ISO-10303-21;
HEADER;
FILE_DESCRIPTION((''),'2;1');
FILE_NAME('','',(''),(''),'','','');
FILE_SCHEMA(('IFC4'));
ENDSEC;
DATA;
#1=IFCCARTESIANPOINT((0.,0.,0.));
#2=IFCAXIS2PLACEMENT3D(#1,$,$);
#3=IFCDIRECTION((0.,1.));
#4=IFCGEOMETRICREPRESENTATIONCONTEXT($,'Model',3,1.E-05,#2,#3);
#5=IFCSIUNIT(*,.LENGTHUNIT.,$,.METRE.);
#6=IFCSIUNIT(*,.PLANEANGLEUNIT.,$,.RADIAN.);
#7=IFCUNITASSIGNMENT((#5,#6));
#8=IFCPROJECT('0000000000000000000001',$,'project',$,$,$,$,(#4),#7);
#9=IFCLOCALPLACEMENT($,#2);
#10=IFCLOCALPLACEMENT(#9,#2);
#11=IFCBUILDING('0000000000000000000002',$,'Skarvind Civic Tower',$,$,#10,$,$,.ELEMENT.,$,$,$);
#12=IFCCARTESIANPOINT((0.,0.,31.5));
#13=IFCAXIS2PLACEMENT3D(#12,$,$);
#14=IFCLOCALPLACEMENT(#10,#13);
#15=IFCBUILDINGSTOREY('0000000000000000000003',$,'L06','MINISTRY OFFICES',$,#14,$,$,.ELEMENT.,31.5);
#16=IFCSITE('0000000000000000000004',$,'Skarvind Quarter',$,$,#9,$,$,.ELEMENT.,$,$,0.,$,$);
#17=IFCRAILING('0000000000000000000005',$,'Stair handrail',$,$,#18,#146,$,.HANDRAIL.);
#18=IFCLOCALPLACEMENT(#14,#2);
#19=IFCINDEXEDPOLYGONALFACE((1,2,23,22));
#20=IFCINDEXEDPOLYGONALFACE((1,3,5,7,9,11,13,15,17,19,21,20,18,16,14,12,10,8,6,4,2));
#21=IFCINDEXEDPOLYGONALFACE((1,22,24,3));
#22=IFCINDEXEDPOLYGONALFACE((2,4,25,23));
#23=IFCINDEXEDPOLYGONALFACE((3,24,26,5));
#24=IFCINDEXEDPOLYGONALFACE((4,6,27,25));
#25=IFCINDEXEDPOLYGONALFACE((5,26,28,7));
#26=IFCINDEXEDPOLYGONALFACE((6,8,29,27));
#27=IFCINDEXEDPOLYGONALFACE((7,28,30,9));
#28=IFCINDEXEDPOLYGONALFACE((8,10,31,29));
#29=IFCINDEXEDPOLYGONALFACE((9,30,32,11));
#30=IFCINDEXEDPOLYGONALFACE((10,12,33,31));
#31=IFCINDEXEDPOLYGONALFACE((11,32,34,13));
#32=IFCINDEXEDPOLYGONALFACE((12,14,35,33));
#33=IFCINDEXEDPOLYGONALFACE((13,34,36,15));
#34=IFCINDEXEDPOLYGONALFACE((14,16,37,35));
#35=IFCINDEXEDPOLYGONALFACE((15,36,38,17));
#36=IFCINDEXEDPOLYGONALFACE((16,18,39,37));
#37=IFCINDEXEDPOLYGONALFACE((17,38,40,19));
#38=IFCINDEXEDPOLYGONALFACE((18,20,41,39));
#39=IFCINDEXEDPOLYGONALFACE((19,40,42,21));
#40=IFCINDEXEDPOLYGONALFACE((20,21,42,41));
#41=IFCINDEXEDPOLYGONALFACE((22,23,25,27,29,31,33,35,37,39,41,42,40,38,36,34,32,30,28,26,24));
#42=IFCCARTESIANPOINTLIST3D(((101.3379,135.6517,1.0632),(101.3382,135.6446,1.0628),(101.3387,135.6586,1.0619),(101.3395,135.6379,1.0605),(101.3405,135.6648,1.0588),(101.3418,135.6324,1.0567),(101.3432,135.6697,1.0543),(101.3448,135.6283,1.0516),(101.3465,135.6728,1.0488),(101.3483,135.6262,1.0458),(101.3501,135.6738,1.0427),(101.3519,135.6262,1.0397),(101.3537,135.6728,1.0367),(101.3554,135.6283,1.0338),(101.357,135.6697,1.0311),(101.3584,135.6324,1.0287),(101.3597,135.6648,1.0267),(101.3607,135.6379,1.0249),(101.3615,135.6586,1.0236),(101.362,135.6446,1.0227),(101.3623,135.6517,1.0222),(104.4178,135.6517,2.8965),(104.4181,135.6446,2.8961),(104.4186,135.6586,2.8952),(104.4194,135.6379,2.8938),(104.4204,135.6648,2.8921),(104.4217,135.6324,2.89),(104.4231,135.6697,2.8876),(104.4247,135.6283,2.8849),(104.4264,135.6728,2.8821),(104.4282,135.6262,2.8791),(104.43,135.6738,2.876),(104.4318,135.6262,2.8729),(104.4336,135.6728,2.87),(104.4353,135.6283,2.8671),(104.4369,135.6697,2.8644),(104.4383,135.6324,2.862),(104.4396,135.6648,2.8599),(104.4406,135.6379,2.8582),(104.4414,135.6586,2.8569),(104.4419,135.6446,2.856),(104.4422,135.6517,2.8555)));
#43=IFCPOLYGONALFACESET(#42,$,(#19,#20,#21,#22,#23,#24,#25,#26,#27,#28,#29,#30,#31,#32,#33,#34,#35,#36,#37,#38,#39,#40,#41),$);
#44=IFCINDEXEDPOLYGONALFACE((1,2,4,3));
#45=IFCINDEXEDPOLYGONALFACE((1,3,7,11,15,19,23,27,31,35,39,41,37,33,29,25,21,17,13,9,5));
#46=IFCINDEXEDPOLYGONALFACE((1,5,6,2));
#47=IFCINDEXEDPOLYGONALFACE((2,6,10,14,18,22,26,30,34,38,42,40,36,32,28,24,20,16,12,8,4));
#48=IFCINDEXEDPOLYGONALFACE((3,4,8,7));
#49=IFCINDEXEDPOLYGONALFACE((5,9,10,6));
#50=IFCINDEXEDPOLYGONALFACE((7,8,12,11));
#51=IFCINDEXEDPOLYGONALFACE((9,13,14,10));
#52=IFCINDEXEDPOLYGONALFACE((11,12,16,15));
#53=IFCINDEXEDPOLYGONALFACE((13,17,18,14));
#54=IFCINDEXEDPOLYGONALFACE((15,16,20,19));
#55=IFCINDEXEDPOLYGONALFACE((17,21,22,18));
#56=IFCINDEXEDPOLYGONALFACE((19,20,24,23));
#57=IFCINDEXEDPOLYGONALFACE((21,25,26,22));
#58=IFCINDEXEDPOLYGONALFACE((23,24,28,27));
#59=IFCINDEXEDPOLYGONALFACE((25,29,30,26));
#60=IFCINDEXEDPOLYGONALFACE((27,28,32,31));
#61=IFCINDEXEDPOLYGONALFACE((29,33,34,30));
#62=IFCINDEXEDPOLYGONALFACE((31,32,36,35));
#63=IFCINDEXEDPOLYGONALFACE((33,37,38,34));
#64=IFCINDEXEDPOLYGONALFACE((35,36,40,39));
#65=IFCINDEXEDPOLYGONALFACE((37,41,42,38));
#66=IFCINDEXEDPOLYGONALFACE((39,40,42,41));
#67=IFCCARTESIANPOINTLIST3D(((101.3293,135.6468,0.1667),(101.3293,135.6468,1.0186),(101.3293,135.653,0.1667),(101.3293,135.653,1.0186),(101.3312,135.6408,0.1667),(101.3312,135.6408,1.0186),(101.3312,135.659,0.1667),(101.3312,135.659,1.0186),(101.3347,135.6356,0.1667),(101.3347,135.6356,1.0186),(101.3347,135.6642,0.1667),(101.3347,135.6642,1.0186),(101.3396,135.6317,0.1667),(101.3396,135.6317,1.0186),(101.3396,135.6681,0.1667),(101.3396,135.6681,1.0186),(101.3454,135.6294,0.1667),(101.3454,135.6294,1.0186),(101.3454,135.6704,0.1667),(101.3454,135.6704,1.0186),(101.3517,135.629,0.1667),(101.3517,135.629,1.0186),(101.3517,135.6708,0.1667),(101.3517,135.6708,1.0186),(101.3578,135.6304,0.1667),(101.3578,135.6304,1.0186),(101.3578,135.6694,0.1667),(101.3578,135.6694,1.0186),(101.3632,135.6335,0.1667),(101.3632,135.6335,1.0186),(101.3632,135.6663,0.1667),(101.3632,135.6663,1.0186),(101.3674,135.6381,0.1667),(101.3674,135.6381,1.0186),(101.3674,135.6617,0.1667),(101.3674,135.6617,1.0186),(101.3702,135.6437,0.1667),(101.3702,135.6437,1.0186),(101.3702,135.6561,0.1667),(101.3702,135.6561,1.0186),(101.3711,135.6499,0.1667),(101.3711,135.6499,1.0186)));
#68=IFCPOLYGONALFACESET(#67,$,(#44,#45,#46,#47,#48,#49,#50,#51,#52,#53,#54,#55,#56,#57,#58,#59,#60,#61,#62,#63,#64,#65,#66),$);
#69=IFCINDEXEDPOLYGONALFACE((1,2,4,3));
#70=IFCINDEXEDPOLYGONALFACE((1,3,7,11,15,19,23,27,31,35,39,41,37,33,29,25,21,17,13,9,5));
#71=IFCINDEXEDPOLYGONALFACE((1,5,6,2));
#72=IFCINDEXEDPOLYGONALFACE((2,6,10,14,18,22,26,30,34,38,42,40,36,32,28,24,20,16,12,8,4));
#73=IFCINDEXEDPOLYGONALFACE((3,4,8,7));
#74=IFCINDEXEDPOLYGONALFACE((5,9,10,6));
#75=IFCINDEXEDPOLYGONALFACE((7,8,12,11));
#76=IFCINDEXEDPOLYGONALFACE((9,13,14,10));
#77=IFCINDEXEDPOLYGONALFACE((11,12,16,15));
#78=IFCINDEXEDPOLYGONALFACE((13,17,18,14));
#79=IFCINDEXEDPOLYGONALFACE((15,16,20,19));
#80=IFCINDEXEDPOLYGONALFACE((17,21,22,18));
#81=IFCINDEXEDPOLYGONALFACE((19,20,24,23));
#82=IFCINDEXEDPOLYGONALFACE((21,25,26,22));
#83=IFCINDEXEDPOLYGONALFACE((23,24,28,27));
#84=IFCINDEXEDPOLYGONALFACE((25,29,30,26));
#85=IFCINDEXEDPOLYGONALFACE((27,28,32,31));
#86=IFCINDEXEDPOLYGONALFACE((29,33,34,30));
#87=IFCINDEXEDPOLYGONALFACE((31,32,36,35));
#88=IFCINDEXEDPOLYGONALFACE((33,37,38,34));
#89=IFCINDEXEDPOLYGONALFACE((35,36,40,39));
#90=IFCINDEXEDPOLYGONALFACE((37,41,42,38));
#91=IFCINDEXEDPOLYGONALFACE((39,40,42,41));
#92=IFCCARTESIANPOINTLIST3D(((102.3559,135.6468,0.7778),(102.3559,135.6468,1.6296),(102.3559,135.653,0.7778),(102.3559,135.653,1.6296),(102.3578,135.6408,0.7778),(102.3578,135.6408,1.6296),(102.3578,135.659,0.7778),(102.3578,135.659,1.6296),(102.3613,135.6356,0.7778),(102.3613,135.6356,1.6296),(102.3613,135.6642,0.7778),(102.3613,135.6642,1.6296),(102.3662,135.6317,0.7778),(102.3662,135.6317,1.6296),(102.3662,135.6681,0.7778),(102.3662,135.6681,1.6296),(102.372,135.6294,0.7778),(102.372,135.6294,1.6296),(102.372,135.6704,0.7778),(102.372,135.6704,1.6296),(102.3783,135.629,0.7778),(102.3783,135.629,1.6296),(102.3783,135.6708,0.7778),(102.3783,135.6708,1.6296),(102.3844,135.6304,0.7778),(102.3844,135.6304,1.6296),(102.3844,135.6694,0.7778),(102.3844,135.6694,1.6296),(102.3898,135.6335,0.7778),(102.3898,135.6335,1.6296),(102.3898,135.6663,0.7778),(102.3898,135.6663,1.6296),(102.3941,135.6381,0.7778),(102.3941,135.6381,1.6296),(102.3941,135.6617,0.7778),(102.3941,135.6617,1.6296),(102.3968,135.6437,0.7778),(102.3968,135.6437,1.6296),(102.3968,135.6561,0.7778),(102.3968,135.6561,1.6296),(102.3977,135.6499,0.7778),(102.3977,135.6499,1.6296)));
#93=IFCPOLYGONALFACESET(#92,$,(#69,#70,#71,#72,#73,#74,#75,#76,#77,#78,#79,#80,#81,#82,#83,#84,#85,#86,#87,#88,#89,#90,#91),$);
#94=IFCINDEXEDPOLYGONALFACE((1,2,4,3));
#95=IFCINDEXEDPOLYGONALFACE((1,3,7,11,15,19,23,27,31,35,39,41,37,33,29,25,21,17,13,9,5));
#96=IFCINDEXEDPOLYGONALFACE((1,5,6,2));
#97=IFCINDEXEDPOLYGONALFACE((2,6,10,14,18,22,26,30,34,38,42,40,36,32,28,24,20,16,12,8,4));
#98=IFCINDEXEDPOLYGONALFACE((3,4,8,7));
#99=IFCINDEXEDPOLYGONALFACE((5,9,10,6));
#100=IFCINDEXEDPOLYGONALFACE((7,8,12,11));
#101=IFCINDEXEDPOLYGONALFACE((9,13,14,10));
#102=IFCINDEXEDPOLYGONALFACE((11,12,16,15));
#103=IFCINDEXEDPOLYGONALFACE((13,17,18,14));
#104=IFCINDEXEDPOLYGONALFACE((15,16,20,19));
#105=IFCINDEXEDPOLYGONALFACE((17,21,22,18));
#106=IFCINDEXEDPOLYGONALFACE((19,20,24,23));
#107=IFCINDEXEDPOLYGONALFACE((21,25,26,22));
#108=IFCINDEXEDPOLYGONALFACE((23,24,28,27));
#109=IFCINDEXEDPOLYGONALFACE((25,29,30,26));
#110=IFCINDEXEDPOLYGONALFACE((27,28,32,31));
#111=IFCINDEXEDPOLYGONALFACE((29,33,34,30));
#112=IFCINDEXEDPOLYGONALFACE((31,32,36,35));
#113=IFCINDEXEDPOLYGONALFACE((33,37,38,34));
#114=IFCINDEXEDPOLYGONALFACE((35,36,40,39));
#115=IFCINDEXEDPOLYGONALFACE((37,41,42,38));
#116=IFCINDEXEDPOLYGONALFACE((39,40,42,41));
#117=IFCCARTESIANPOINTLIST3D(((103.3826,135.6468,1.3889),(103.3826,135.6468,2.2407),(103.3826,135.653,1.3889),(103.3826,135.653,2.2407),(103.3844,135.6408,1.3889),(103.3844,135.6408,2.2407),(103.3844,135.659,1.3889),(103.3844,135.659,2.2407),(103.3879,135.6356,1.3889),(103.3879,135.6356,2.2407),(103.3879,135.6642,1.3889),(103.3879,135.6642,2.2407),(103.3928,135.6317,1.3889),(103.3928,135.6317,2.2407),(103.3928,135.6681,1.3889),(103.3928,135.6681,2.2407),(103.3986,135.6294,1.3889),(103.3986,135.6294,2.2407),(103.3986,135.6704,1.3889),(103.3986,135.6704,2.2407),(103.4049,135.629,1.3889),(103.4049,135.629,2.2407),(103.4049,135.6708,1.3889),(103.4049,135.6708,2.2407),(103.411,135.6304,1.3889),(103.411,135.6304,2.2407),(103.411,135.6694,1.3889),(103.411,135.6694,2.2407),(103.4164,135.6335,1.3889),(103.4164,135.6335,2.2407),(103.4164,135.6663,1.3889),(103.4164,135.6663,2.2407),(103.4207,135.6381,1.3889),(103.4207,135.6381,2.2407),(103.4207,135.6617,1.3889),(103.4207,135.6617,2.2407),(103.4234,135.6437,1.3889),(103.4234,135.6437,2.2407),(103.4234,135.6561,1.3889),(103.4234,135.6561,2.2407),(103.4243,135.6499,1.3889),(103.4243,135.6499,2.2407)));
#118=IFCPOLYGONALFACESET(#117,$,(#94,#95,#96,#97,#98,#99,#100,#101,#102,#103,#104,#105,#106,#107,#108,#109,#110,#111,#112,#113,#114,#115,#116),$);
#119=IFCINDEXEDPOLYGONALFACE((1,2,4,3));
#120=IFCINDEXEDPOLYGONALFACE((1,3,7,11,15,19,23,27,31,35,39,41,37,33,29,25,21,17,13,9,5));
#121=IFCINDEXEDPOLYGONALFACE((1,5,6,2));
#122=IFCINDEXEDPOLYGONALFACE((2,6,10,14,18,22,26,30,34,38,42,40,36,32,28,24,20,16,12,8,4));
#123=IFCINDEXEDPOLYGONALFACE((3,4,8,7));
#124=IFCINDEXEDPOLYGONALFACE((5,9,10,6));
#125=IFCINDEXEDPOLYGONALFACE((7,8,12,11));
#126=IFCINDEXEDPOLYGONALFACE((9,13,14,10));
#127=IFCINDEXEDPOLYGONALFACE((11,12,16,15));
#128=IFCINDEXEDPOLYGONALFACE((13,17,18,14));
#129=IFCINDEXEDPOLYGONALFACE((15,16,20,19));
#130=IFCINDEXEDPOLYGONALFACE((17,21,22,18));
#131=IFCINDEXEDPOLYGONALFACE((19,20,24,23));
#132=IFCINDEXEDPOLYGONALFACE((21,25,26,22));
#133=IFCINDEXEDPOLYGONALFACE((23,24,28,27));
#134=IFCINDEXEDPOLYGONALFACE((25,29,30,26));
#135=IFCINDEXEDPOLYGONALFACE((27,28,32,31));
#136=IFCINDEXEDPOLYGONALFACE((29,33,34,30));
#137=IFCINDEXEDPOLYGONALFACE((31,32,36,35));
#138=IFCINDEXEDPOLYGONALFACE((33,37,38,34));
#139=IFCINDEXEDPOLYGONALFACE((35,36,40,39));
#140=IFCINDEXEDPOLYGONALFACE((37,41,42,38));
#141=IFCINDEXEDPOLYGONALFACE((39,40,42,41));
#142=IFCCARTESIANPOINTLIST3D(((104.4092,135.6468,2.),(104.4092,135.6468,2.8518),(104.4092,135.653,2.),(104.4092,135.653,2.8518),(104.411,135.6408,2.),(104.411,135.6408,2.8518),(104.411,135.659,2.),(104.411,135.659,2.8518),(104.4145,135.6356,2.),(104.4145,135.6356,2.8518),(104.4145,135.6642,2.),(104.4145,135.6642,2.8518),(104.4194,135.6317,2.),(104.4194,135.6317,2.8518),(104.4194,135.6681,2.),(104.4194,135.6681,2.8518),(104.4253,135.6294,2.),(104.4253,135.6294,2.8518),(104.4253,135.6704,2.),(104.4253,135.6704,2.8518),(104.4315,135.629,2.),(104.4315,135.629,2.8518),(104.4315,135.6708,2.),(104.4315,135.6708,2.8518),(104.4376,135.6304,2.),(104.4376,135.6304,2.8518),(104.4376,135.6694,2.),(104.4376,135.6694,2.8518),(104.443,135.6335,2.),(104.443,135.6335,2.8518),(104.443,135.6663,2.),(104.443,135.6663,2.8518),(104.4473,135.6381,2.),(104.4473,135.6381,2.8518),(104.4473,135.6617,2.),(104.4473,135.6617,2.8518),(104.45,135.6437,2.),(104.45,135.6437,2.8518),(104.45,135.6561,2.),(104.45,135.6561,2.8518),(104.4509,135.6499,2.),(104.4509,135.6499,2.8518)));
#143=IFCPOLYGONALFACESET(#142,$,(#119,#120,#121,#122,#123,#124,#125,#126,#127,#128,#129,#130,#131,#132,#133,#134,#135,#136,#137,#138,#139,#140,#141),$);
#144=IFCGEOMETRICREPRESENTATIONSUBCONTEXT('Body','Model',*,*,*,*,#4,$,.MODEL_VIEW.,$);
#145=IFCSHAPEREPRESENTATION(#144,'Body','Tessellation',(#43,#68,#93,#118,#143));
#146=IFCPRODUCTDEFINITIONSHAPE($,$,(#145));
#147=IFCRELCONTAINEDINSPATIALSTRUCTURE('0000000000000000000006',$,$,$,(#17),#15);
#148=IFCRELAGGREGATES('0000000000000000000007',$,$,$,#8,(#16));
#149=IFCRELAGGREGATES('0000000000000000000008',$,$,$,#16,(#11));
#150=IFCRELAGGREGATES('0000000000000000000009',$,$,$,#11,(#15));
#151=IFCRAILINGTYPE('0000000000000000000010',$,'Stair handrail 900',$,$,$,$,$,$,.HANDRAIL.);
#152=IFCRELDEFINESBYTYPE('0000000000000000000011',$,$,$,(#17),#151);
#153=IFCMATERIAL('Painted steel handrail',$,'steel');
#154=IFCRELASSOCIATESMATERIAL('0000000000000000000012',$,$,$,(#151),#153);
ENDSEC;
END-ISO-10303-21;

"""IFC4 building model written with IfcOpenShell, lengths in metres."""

from ifc_helpers import new_model, si_unit, direction, frame, origin, origin_2d, place, context, subcontext, project, spatial, circle, extrude, material, type_object, element, save


model = new_model("IFC4")

# Units and contexts
model_context = context("Model", 3, precision=1e-05, world=origin(), true_north=direction((0.0, 1.0)))
body_context = subcontext(model_context, "Body", "Model", "MODEL_VIEW")
ifc_project = project(units=[si_unit("LENGTHUNIT", "METRE"), si_unit("PLANEANGLEUNIT", "RADIAN")], contexts=[model_context])

# Site, building, storey
site_placement = place(None, origin())
site = spatial("IfcSite", under=ifc_project, at=site_placement, Name="Skarvind Quarter", CompositionType="ELEMENT", RefElevation=0.0)
building_placement = place(site_placement, origin())
building = spatial("IfcBuilding", under=site, at=building_placement, Name="Skarvind Civic Tower", CompositionType="ELEMENT")
storey_placement = place(building_placement, frame((0.0, 0.0, 31.5)))
storey = spatial("IfcBuildingStorey", under=building, at=storey_placement, Name="L06", Description="MINISTRY OFFICES", CompositionType="ELEMENT", Elevation=31.5)

# Railing
ifc_material_1 = material(Name="Painted steel handrail", Category="steel")
railing_type = type_object("IfcRailingType", Name="Stair handrail 900", PredefinedType="HANDRAIL", material=ifc_material_1)
railing_1_placement = place(storey_placement, frame((101.3501, 135.6499, 0.1667)))
element("IfcRailing", 1, at=railing_1_placement, inside=storey, type_object=railing_type, Name="Stair handrail", PredefinedType="HANDRAIL", context=body_context, shape_type="SweptSolid", body=[
    extrude(circle(Radius=0.0239, at=origin_2d()), frame((0.0, 0.0, 0.876), z_axis=(0.859291, 0.0, 0.511487), x_axis=(0.0, 1.0, 0.0)), (0.0, 0.0, 1.0), 3.5842),
    extrude(circle(Radius=0.021, at=origin_2d()), origin(), (0.0, 0.0, 1.0), 0.8518),
    extrude(circle(Radius=0.021, at=origin_2d()), frame((1.0266, 0.0, 0.6111)), (0.0, 0.0, 1.0), 0.8518),
    extrude(circle(Radius=0.021, at=origin_2d()), frame((2.0532, 0.0, 1.2222)), (0.0, 0.0, 1.0), 0.8518),
    extrude(circle(Radius=0.021, at=origin_2d()), frame((3.0798, 0.0, 1.8333)), (0.0, 0.0, 1.0), 0.8518),
])

save(model, "model.ifc")
